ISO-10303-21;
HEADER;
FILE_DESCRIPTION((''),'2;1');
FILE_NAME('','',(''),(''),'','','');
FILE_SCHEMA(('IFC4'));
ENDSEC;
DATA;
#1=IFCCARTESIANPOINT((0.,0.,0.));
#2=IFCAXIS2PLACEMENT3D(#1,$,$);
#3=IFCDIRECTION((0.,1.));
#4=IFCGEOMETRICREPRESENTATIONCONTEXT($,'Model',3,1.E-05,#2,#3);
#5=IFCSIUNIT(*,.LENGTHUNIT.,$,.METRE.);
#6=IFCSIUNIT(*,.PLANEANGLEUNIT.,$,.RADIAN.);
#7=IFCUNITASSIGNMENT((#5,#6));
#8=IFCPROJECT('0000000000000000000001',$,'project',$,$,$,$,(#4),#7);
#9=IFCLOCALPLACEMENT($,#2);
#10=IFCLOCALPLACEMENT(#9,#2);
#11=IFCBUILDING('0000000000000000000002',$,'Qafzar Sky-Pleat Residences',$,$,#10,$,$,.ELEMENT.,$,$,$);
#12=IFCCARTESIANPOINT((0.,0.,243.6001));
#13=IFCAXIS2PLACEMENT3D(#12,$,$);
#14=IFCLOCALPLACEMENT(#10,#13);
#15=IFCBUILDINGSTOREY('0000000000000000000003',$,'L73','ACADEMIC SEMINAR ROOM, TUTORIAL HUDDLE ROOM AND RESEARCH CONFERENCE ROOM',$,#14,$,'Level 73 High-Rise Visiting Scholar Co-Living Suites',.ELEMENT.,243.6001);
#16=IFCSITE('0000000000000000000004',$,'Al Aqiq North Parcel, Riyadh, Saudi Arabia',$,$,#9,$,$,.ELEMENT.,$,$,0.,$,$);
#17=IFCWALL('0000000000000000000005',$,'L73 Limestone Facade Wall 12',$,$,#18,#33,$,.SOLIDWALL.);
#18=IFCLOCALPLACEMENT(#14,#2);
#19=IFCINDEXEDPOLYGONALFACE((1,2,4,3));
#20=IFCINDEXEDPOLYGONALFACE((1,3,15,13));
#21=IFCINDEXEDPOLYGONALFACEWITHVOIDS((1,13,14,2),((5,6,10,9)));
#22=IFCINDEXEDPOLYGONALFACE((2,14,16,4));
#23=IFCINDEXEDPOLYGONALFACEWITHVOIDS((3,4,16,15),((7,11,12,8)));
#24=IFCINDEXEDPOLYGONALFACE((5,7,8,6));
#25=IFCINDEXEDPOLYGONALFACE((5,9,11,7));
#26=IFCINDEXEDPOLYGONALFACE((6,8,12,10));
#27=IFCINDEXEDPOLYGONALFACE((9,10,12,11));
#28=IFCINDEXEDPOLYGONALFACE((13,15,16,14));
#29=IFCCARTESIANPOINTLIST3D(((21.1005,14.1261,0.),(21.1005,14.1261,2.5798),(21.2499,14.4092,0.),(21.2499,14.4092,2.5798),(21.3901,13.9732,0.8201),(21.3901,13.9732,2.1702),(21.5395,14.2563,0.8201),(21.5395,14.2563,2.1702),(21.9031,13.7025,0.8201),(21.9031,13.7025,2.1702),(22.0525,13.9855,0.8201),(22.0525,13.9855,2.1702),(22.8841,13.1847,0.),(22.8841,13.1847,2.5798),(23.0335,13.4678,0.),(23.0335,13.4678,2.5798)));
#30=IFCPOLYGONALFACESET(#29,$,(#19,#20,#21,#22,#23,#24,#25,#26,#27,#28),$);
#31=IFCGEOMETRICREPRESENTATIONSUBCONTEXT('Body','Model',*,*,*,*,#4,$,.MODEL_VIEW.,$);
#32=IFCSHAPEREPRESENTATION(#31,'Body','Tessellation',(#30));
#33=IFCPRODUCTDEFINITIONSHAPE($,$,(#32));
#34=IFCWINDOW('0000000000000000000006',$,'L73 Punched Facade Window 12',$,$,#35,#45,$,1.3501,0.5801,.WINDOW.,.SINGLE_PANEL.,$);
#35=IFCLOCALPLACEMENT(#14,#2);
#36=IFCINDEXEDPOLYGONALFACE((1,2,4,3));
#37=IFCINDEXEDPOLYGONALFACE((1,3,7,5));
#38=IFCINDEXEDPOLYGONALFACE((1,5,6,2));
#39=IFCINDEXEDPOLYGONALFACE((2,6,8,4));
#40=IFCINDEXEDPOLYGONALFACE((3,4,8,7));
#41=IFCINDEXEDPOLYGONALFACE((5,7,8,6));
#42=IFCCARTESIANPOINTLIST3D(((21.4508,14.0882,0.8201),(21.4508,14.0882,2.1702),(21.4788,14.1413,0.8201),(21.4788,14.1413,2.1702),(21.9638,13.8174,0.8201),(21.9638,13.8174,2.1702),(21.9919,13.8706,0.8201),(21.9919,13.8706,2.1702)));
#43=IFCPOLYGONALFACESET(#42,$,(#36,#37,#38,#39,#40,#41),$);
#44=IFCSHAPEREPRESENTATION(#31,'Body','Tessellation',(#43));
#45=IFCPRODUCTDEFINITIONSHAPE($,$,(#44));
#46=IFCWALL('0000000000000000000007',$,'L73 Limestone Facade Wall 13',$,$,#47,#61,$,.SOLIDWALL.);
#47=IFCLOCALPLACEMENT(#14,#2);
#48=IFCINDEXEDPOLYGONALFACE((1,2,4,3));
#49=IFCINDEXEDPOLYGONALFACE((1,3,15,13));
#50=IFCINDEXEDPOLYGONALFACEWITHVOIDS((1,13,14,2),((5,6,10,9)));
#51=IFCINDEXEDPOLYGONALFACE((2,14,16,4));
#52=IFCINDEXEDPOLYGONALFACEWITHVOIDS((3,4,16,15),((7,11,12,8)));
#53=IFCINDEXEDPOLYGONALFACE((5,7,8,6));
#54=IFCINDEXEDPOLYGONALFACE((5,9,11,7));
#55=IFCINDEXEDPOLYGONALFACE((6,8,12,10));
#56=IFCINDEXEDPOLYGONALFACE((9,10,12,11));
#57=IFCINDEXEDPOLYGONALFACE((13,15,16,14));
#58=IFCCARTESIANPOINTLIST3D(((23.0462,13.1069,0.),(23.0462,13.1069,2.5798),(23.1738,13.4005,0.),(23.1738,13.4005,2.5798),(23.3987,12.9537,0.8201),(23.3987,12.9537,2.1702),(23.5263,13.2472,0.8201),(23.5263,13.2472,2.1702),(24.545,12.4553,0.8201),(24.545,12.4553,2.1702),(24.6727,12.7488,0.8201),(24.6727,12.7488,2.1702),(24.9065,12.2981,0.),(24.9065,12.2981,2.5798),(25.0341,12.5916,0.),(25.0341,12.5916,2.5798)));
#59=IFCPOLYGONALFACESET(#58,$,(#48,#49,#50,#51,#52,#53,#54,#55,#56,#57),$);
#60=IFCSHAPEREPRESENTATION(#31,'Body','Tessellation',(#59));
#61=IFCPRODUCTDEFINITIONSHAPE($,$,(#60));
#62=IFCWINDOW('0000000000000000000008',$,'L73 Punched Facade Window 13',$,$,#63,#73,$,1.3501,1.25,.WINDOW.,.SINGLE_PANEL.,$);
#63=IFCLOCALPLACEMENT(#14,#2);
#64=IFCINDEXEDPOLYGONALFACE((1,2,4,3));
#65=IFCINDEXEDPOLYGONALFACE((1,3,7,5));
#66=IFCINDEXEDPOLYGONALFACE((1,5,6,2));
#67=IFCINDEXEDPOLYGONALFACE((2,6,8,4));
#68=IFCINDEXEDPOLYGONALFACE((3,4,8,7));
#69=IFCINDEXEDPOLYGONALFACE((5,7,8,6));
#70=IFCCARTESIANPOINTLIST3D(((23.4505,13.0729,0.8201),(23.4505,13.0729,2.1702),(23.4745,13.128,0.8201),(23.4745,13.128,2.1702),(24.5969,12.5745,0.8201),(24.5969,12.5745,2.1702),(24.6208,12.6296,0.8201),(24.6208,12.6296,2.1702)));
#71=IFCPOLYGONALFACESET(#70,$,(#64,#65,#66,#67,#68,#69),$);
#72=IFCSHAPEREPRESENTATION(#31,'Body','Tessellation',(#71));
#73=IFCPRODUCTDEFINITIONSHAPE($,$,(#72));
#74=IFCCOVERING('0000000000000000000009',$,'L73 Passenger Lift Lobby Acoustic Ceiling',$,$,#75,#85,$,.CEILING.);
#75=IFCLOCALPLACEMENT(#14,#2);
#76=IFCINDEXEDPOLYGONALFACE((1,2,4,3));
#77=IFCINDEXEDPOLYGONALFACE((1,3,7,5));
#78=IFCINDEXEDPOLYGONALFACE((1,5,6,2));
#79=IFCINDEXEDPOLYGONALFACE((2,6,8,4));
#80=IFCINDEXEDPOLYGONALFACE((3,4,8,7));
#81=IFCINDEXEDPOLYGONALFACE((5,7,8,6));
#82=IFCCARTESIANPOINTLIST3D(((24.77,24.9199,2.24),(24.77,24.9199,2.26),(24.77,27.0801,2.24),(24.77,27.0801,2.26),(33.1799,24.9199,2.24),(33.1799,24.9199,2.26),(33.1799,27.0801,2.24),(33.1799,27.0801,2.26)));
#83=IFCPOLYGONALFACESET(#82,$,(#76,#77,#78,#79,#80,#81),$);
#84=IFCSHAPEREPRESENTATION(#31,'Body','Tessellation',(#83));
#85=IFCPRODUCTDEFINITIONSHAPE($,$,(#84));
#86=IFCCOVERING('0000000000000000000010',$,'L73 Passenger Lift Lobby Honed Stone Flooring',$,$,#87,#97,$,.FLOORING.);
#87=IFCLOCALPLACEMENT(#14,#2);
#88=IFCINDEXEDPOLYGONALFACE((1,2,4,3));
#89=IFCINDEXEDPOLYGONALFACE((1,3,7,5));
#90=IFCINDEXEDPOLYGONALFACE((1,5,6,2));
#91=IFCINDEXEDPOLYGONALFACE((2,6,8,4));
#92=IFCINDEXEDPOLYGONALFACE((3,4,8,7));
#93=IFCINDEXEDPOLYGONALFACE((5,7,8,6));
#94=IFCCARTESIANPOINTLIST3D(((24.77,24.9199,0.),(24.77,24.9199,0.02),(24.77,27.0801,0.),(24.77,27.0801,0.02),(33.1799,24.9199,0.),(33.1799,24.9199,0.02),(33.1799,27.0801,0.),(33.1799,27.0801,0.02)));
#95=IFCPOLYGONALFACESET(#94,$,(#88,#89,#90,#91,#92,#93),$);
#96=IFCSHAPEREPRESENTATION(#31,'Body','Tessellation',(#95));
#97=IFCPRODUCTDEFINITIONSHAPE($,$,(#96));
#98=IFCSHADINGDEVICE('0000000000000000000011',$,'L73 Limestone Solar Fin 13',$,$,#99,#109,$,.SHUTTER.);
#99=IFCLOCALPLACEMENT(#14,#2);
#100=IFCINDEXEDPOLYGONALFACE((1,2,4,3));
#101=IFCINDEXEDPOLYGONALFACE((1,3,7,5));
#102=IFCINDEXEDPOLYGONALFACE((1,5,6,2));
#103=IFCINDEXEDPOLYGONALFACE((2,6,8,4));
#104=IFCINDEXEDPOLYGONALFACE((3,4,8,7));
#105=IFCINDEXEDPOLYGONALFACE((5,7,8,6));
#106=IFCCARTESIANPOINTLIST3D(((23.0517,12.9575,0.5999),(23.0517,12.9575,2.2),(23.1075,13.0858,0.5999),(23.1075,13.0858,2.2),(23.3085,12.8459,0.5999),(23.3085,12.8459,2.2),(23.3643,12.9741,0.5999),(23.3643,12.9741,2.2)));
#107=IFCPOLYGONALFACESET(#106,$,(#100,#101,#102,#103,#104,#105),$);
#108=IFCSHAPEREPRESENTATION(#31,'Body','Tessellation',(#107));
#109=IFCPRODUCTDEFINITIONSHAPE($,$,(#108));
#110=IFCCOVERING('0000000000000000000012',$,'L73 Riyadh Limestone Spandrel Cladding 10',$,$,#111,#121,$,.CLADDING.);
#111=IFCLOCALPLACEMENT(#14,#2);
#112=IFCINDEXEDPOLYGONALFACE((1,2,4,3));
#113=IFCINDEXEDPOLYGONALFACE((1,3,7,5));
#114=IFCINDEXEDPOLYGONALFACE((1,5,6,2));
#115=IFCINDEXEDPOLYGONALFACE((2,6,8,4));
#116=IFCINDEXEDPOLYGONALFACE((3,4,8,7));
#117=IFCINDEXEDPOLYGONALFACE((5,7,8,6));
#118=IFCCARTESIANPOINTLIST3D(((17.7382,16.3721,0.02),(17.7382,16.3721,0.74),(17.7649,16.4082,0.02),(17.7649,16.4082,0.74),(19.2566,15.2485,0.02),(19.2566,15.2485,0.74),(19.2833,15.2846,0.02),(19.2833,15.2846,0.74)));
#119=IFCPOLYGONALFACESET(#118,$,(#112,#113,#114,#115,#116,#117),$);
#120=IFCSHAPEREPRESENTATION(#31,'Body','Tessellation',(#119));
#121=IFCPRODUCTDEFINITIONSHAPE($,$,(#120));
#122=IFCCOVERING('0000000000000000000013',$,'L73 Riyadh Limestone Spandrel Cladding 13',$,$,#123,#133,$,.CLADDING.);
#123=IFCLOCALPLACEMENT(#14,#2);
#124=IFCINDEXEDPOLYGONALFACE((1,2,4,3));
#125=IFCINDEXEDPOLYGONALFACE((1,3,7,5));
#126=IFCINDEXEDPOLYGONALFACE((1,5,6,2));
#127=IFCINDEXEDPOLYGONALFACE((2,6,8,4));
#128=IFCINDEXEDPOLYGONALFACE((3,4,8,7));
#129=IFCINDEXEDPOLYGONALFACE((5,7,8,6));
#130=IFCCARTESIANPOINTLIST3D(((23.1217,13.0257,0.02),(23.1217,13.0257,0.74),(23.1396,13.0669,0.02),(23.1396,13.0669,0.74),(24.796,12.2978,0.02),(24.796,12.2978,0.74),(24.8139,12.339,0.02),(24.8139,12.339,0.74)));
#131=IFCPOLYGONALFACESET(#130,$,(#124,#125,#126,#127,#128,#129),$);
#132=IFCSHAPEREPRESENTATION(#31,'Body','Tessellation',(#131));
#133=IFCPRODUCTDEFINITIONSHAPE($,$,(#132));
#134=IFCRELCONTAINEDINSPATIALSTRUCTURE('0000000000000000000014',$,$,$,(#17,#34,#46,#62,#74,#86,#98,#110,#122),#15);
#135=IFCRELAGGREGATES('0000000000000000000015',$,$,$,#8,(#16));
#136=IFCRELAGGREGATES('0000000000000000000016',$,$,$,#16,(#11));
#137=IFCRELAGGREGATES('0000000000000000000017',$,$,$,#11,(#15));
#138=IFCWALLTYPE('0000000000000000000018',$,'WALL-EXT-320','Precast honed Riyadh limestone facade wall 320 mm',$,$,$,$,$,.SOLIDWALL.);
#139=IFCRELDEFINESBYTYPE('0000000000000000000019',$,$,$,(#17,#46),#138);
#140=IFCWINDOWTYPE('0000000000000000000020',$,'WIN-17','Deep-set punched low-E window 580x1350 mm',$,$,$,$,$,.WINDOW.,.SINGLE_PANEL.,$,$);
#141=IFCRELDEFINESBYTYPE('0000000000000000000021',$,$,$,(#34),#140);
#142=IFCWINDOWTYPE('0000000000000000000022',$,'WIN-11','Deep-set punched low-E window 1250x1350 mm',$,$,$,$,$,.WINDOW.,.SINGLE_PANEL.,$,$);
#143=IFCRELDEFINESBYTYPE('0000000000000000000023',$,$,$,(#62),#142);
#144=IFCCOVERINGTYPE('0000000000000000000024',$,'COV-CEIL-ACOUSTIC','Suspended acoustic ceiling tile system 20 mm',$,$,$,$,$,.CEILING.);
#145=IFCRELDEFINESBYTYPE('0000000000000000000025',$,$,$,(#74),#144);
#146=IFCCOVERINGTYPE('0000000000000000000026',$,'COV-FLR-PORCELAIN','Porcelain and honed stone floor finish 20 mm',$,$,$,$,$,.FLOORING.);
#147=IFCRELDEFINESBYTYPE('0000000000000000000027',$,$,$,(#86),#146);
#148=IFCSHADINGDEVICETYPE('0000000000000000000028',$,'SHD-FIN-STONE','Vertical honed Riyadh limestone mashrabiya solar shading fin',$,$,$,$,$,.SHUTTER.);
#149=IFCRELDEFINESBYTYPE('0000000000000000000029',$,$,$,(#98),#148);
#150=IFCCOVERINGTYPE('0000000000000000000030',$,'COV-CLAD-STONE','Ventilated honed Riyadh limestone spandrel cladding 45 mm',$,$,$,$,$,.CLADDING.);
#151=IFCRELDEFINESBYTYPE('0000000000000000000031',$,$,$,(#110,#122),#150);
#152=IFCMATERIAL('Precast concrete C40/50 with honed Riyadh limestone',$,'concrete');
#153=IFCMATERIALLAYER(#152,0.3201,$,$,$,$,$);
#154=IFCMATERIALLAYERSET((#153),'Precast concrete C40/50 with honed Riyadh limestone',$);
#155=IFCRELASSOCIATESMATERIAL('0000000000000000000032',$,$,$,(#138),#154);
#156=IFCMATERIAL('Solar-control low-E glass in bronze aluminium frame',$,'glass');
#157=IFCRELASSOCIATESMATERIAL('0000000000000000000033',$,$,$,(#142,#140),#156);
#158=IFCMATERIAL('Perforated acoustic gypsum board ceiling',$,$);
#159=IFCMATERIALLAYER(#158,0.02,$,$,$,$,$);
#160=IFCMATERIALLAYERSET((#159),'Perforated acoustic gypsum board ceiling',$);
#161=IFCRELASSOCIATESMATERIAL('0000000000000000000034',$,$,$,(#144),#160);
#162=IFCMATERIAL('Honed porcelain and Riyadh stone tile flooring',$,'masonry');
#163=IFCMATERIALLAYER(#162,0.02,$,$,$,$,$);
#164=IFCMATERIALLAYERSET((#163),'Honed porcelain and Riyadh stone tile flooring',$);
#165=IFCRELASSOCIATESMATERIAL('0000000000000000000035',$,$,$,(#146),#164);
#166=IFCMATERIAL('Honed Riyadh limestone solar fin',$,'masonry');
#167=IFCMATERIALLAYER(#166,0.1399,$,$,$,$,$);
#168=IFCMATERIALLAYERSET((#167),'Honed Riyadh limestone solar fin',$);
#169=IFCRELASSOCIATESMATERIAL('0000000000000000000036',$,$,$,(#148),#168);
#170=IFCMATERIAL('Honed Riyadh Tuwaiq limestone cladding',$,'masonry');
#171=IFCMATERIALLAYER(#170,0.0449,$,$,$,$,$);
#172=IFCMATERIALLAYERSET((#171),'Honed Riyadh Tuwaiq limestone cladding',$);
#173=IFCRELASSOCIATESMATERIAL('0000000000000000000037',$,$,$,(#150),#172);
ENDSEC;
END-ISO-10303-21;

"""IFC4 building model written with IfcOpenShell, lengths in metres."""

from ifc_helpers import new_model, si_unit, direction, frame, frame_2d, origin, origin_2d, place, context, subcontext, project, spatial, polyline, rectangle, outline, extrude, source, transform, mapped, material, layer, layer_set, type_object, element, fill, save


model = new_model("IFC4")

# Units and contexts
model_context = context("Model", 3, precision=1e-05, world=origin(), true_north=direction((0.0, 1.0)))
body_context = subcontext(model_context, "Body", "Model", "MODEL_VIEW")
ifc_project = project(units=[si_unit("LENGTHUNIT", "METRE"), si_unit("PLANEANGLEUNIT", "RADIAN")], contexts=[model_context])

# Site, building, storey
site_placement = place(None, origin())
site = spatial("IfcSite", under=ifc_project, at=site_placement, Name="Al Aqiq North Parcel, Riyadh, Saudi Arabia", CompositionType="ELEMENT", RefElevation=0.0)
building_placement = place(site_placement, origin())
building = spatial("IfcBuilding", under=site, at=building_placement, Name="Qafzar Sky-Pleat Residences", CompositionType="ELEMENT")
storey_placement = place(building_placement, frame((0.0, 0.0, 243.6001)))
storey = spatial("IfcBuildingStorey", under=building, at=storey_placement, Name="L73", Description="ACADEMIC SEMINAR ROOM, TUTORIAL HUDDLE ROOM AND RESEARCH CONFERENCE ROOM", LongName="Level 73 High-Rise Visiting Scholar Co-Living Suites", CompositionType="ELEMENT", Elevation=243.6001)

# Walls, openings, windows
ifc_material_1 = material(Name="Precast concrete C40/50 with honed Riyadh limestone", Category="concrete")
ifc_layer_1 = layer(ifc_material_1, 0.3201)
ifc_layer_set_1 = layer_set([ifc_layer_1], Name="Precast concrete C40/50 with honed Riyadh limestone")
wall_type_1 = type_object("IfcWallType", Name="WALL-EXT-320", Description="Precast honed Riyadh limestone facade wall 320 mm", PredefinedType="SOLIDWALL", material=ifc_layer_set_1)
ifc_material_2 = material(Name="Solar-control low-E glass in bronze aluminium frame", Category="glass")
window_type_1 = type_object("IfcWindowType", Name="WIN-11", Description="Deep-set punched low-E window 1250x1350 mm", PartitioningType="SINGLE_PANEL", PredefinedType="WINDOW", material=ifc_material_2)
shared_shape_1 = source(origin(), body_context, "Body", "SweptSolid", [
    extrude(rectangle(XDim=1.25, YDim=1.3501, at=frame_2d((0.625, 0.675))), frame((0.0, 0.03, 0.0), z_axis=(0.0, -1.0, 0.0), x_axis=(1.0, 0.0, 0.0)), (0.0, 0.0, 1.0), 0.0601),
])
wall_1_placement = place(storey_placement, frame((21.1753, 14.2676, 0.0), z_axis=(0.0, 0.0, 1.0), x_axis=(0.884382, -0.466764, 0.0)))
wall_1 = element("IfcWall", 1, at=wall_1_placement, inside=storey, type_object=wall_type_1, Name="L73 Limestone Facade Wall 12", PredefinedType="SOLIDWALL", context=body_context, shape_type="SweptSolid", body=[
    extrude(rectangle(XDim=2.0168, YDim=0.3201, at=frame_2d((1.0083, 0.0))), origin(), (0.0, 0.0, 1.0), 2.5798),
])
opening_1_placement = place(wall_1_placement, frame((0.3274, 0.0, 0.8201)))
opening_1 = element("IfcOpeningElement", 2, at=opening_1_placement, cuts=wall_1, PredefinedType="OPENING", context=body_context, shape_type="SweptSolid", body=[
    extrude(rectangle(XDim=0.5801, YDim=1.3501, at=frame_2d((0.29, 0.675))), frame((0.0, 0.1699, 0.0), z_axis=(0.0, -1.0, 0.0), x_axis=(1.0, 0.0, 0.0)), (0.0, 0.0, 1.0), 0.3401),
])
window_type_2 = type_object("IfcWindowType", Name="WIN-17", Description="Deep-set punched low-E window 580x1350 mm", PartitioningType="SINGLE_PANEL", PredefinedType="WINDOW", material=ifc_material_2)
shared_shape_2 = source(origin(), body_context, "Body", "SweptSolid", [
    extrude(rectangle(XDim=0.5801, YDim=1.3501, at=frame_2d((0.29, 0.675))), frame((0.0, 0.03, 0.0), z_axis=(0.0, -1.0, 0.0), x_axis=(1.0, 0.0, 0.0)), (0.0, 0.0, 1.0), 0.0601),
])
window_1_placement = place(opening_1_placement, origin())
window_1 = element("IfcWindow", 3, at=window_1_placement, inside=storey, type_object=window_type_2, Name="L73 Punched Facade Window 12", OverallHeight=1.3501, OverallWidth=0.5801, PartitioningType="SINGLE_PANEL", PredefinedType="WINDOW", context=body_context, shape_type="MappedRepresentation", body=[
    mapped(shared_shape_2, transform((0.0, 0.0, 0.0), x_axis=(1.0, 0.0, 0.0), y_axis=(0.0, 1.0, 0.0), z_axis=(0.0, 0.0, 1.0), scale=1.0)),
])
fill(opening_1, window_1)
wall_2_placement = place(storey_placement, frame((23.1101, 13.2537, 0.0), z_axis=(0.0, 0.0, 1.0), x_axis=(0.917072, -0.398722, 0.0)))
wall_2 = element("IfcWall", 4, at=wall_2_placement, inside=storey, type_object=wall_type_1, Name="L73 Limestone Facade Wall 13", PredefinedType="SOLIDWALL", context=body_context, shape_type="SweptSolid", body=[
    extrude(rectangle(XDim=2.0286, YDim=0.3201, at=frame_2d((1.0142, 0.0))), origin(), (0.0, 0.0, 1.0), 2.5798),
])
opening_2_placement = place(wall_2_placement, frame((0.3843, 0.0, 0.8201)))
opening_2 = element("IfcOpeningElement", 5, at=opening_2_placement, cuts=wall_2, PredefinedType="OPENING", context=body_context, shape_type="SweptSolid", body=[
    extrude(rectangle(XDim=1.25, YDim=1.3501, at=frame_2d((0.625, 0.675))), frame((0.0, 0.1699, 0.0), z_axis=(0.0, -1.0, 0.0), x_axis=(1.0, 0.0, 0.0)), (0.0, 0.0, 1.0), 0.3401),
])
window_2_placement = place(opening_2_placement, origin())
window_2 = element("IfcWindow", 6, at=window_2_placement, inside=storey, type_object=window_type_1, Name="L73 Punched Facade Window 13", OverallHeight=1.3501, OverallWidth=1.25, PartitioningType="SINGLE_PANEL", PredefinedType="WINDOW", context=body_context, shape_type="MappedRepresentation", body=[
    mapped(shared_shape_1, transform((0.0, 0.0, 0.0), x_axis=(1.0, 0.0, 0.0), y_axis=(0.0, 1.0, 0.0), z_axis=(0.0, 0.0, 1.0), scale=1.0)),
])
fill(opening_2, window_2)

# Coverings
ifc_material_3 = material(Name="Perforated acoustic gypsum board ceiling")
ifc_layer_2 = layer(ifc_material_3, 0.02)
ifc_layer_set_2 = layer_set([ifc_layer_2], Name="Perforated acoustic gypsum board ceiling")
covering_type_1 = type_object("IfcCoveringType", Name="COV-CEIL-ACOUSTIC", Description="Suspended acoustic ceiling tile system 20 mm", PredefinedType="CEILING", material=ifc_layer_set_2)
covering_1_placement = place(storey_placement, frame((0.0, 0.0, 2.24)))
element("IfcCovering", 7, at=covering_1_placement, inside=storey, type_object=covering_type_1, Name="L73 Passenger Lift Lobby Acoustic Ceiling", PredefinedType="CEILING", context=body_context, shape_type="SweptSolid", body=[
    extrude(outline(polyline([(33.1799, 24.9199), (24.77, 24.9199), (24.77, 27.0801), (33.1799, 27.0801), (33.1799, 24.9199)])), origin(), (0.0, 0.0, 1.0), 0.02),
])
ifc_material_4 = material(Name="Honed porcelain and Riyadh stone tile flooring", Category="masonry")
ifc_layer_3 = layer(ifc_material_4, 0.02)
ifc_layer_set_3 = layer_set([ifc_layer_3], Name="Honed porcelain and Riyadh stone tile flooring")
covering_type_2 = type_object("IfcCoveringType", Name="COV-FLR-PORCELAIN", Description="Porcelain and honed stone floor finish 20 mm", PredefinedType="FLOORING", material=ifc_layer_set_3)
covering_2_placement = place(storey_placement, origin())
element("IfcCovering", 8, at=covering_2_placement, inside=storey, type_object=covering_type_2, Name="L73 Passenger Lift Lobby Honed Stone Flooring", PredefinedType="FLOORING", context=body_context, shape_type="SweptSolid", body=[
    extrude(outline(polyline([(33.1799, 24.9199), (24.77, 24.9199), (24.77, 27.0801), (33.1799, 27.0801), (33.1799, 24.9199)])), origin(), (0.0, 0.0, 1.0), 0.02),
])

# Shading device
ifc_material_5 = material(Name="Honed Riyadh limestone solar fin", Category="masonry")
ifc_layer_4 = layer(ifc_material_5, 0.1399)
ifc_layer_set_4 = layer_set([ifc_layer_4], Name="Honed Riyadh limestone solar fin")
shading_device_type = type_object("IfcShadingDeviceType", Name="SHD-FIN-STONE", Description="Vertical honed Riyadh limestone mashrabiya solar shading fin", PredefinedType="SHUTTER", material=ifc_layer_set_4)
shared_shape_3 = source(origin(), body_context, "Body", "SweptSolid", [
    extrude(rectangle(XDim=0.1399, YDim=0.28, at=origin_2d()), origin(), (0.0, 0.0, 1.0), 1.6001),
])
shading_device_placement = place(storey_placement, frame((23.208, 12.9658, 0.5999), z_axis=(0.0, 0.0, 1.0), x_axis=(-0.3987, -0.917082, 0.0)))
element("IfcShadingDevice", 9, at=shading_device_placement, inside=storey, type_object=shading_device_type, Name="L73 Limestone Solar Fin 13", PredefinedType="SHUTTER", context=body_context, shape_type="MappedRepresentation", body=[
    mapped(shared_shape_3, transform((0.0, 0.0, 0.0), x_axis=(1.0, 0.0, 0.0), y_axis=(0.0, 1.0, 0.0), z_axis=(0.0, 0.0, 1.0), scale=1.0)),
])

# Coverings
ifc_material_6 = material(Name="Honed Riyadh Tuwaiq limestone cladding", Category="masonry")
ifc_layer_5 = layer(ifc_material_6, 0.0449)
ifc_layer_set_5 = layer_set([ifc_layer_5], Name="Honed Riyadh Tuwaiq limestone cladding")
covering_type_3 = type_object("IfcCoveringType", Name="COV-CLAD-STONE", Description="Ventilated honed Riyadh limestone spandrel cladding 45 mm", PredefinedType="CLADDING", material=ifc_layer_set_5)
shared_shape_4 = source(origin(), body_context, "Body", "SweptSolid", [
    extrude(rectangle(XDim=1.8889, YDim=0.0449, at=origin_2d()), origin(), (0.0, 0.0, 1.0), 0.72),
])
covering_3_placement = place(storey_placement, frame((18.5107, 15.8284, 0.02), z_axis=(0.0, 0.0, 1.0), x_axis=(0.803837, -0.594849, 0.0)))
element("IfcCovering", 10, at=covering_3_placement, inside=storey, type_object=covering_type_3, Name="L73 Riyadh Limestone Spandrel Cladding 10", PredefinedType="CLADDING", context=body_context, shape_type="MappedRepresentation", body=[
    mapped(shared_shape_4, transform((0.0, 0.0, 0.0), x_axis=(1.0, 0.0, 0.0), y_axis=(0.0, 1.0, 0.0), z_axis=(0.0, 0.0, 1.0), scale=1.0)),
])
shared_shape_5 = source(origin(), body_context, "Body", "SweptSolid", [
    extrude(rectangle(XDim=1.8257, YDim=0.0449, at=origin_2d()), origin(), (0.0, 0.0, 1.0), 0.72),
])
covering_4_placement = place(storey_placement, frame((23.9678, 12.6824, 0.02), z_axis=(0.0, 0.0, 1.0), x_axis=(0.917075, -0.398715, 0.0)))
element("IfcCovering", 11, at=covering_4_placement, inside=storey, type_object=covering_type_3, Name="L73 Riyadh Limestone Spandrel Cladding 13", PredefinedType="CLADDING", context=body_context, shape_type="MappedRepresentation", body=[
    mapped(shared_shape_5, transform((0.0, 0.0, 0.0), x_axis=(1.0, 0.0, 0.0), y_axis=(0.0, 1.0, 0.0), z_axis=(0.0, 0.0, 1.0), scale=1.0)),
])

save(model, "model.ifc")
